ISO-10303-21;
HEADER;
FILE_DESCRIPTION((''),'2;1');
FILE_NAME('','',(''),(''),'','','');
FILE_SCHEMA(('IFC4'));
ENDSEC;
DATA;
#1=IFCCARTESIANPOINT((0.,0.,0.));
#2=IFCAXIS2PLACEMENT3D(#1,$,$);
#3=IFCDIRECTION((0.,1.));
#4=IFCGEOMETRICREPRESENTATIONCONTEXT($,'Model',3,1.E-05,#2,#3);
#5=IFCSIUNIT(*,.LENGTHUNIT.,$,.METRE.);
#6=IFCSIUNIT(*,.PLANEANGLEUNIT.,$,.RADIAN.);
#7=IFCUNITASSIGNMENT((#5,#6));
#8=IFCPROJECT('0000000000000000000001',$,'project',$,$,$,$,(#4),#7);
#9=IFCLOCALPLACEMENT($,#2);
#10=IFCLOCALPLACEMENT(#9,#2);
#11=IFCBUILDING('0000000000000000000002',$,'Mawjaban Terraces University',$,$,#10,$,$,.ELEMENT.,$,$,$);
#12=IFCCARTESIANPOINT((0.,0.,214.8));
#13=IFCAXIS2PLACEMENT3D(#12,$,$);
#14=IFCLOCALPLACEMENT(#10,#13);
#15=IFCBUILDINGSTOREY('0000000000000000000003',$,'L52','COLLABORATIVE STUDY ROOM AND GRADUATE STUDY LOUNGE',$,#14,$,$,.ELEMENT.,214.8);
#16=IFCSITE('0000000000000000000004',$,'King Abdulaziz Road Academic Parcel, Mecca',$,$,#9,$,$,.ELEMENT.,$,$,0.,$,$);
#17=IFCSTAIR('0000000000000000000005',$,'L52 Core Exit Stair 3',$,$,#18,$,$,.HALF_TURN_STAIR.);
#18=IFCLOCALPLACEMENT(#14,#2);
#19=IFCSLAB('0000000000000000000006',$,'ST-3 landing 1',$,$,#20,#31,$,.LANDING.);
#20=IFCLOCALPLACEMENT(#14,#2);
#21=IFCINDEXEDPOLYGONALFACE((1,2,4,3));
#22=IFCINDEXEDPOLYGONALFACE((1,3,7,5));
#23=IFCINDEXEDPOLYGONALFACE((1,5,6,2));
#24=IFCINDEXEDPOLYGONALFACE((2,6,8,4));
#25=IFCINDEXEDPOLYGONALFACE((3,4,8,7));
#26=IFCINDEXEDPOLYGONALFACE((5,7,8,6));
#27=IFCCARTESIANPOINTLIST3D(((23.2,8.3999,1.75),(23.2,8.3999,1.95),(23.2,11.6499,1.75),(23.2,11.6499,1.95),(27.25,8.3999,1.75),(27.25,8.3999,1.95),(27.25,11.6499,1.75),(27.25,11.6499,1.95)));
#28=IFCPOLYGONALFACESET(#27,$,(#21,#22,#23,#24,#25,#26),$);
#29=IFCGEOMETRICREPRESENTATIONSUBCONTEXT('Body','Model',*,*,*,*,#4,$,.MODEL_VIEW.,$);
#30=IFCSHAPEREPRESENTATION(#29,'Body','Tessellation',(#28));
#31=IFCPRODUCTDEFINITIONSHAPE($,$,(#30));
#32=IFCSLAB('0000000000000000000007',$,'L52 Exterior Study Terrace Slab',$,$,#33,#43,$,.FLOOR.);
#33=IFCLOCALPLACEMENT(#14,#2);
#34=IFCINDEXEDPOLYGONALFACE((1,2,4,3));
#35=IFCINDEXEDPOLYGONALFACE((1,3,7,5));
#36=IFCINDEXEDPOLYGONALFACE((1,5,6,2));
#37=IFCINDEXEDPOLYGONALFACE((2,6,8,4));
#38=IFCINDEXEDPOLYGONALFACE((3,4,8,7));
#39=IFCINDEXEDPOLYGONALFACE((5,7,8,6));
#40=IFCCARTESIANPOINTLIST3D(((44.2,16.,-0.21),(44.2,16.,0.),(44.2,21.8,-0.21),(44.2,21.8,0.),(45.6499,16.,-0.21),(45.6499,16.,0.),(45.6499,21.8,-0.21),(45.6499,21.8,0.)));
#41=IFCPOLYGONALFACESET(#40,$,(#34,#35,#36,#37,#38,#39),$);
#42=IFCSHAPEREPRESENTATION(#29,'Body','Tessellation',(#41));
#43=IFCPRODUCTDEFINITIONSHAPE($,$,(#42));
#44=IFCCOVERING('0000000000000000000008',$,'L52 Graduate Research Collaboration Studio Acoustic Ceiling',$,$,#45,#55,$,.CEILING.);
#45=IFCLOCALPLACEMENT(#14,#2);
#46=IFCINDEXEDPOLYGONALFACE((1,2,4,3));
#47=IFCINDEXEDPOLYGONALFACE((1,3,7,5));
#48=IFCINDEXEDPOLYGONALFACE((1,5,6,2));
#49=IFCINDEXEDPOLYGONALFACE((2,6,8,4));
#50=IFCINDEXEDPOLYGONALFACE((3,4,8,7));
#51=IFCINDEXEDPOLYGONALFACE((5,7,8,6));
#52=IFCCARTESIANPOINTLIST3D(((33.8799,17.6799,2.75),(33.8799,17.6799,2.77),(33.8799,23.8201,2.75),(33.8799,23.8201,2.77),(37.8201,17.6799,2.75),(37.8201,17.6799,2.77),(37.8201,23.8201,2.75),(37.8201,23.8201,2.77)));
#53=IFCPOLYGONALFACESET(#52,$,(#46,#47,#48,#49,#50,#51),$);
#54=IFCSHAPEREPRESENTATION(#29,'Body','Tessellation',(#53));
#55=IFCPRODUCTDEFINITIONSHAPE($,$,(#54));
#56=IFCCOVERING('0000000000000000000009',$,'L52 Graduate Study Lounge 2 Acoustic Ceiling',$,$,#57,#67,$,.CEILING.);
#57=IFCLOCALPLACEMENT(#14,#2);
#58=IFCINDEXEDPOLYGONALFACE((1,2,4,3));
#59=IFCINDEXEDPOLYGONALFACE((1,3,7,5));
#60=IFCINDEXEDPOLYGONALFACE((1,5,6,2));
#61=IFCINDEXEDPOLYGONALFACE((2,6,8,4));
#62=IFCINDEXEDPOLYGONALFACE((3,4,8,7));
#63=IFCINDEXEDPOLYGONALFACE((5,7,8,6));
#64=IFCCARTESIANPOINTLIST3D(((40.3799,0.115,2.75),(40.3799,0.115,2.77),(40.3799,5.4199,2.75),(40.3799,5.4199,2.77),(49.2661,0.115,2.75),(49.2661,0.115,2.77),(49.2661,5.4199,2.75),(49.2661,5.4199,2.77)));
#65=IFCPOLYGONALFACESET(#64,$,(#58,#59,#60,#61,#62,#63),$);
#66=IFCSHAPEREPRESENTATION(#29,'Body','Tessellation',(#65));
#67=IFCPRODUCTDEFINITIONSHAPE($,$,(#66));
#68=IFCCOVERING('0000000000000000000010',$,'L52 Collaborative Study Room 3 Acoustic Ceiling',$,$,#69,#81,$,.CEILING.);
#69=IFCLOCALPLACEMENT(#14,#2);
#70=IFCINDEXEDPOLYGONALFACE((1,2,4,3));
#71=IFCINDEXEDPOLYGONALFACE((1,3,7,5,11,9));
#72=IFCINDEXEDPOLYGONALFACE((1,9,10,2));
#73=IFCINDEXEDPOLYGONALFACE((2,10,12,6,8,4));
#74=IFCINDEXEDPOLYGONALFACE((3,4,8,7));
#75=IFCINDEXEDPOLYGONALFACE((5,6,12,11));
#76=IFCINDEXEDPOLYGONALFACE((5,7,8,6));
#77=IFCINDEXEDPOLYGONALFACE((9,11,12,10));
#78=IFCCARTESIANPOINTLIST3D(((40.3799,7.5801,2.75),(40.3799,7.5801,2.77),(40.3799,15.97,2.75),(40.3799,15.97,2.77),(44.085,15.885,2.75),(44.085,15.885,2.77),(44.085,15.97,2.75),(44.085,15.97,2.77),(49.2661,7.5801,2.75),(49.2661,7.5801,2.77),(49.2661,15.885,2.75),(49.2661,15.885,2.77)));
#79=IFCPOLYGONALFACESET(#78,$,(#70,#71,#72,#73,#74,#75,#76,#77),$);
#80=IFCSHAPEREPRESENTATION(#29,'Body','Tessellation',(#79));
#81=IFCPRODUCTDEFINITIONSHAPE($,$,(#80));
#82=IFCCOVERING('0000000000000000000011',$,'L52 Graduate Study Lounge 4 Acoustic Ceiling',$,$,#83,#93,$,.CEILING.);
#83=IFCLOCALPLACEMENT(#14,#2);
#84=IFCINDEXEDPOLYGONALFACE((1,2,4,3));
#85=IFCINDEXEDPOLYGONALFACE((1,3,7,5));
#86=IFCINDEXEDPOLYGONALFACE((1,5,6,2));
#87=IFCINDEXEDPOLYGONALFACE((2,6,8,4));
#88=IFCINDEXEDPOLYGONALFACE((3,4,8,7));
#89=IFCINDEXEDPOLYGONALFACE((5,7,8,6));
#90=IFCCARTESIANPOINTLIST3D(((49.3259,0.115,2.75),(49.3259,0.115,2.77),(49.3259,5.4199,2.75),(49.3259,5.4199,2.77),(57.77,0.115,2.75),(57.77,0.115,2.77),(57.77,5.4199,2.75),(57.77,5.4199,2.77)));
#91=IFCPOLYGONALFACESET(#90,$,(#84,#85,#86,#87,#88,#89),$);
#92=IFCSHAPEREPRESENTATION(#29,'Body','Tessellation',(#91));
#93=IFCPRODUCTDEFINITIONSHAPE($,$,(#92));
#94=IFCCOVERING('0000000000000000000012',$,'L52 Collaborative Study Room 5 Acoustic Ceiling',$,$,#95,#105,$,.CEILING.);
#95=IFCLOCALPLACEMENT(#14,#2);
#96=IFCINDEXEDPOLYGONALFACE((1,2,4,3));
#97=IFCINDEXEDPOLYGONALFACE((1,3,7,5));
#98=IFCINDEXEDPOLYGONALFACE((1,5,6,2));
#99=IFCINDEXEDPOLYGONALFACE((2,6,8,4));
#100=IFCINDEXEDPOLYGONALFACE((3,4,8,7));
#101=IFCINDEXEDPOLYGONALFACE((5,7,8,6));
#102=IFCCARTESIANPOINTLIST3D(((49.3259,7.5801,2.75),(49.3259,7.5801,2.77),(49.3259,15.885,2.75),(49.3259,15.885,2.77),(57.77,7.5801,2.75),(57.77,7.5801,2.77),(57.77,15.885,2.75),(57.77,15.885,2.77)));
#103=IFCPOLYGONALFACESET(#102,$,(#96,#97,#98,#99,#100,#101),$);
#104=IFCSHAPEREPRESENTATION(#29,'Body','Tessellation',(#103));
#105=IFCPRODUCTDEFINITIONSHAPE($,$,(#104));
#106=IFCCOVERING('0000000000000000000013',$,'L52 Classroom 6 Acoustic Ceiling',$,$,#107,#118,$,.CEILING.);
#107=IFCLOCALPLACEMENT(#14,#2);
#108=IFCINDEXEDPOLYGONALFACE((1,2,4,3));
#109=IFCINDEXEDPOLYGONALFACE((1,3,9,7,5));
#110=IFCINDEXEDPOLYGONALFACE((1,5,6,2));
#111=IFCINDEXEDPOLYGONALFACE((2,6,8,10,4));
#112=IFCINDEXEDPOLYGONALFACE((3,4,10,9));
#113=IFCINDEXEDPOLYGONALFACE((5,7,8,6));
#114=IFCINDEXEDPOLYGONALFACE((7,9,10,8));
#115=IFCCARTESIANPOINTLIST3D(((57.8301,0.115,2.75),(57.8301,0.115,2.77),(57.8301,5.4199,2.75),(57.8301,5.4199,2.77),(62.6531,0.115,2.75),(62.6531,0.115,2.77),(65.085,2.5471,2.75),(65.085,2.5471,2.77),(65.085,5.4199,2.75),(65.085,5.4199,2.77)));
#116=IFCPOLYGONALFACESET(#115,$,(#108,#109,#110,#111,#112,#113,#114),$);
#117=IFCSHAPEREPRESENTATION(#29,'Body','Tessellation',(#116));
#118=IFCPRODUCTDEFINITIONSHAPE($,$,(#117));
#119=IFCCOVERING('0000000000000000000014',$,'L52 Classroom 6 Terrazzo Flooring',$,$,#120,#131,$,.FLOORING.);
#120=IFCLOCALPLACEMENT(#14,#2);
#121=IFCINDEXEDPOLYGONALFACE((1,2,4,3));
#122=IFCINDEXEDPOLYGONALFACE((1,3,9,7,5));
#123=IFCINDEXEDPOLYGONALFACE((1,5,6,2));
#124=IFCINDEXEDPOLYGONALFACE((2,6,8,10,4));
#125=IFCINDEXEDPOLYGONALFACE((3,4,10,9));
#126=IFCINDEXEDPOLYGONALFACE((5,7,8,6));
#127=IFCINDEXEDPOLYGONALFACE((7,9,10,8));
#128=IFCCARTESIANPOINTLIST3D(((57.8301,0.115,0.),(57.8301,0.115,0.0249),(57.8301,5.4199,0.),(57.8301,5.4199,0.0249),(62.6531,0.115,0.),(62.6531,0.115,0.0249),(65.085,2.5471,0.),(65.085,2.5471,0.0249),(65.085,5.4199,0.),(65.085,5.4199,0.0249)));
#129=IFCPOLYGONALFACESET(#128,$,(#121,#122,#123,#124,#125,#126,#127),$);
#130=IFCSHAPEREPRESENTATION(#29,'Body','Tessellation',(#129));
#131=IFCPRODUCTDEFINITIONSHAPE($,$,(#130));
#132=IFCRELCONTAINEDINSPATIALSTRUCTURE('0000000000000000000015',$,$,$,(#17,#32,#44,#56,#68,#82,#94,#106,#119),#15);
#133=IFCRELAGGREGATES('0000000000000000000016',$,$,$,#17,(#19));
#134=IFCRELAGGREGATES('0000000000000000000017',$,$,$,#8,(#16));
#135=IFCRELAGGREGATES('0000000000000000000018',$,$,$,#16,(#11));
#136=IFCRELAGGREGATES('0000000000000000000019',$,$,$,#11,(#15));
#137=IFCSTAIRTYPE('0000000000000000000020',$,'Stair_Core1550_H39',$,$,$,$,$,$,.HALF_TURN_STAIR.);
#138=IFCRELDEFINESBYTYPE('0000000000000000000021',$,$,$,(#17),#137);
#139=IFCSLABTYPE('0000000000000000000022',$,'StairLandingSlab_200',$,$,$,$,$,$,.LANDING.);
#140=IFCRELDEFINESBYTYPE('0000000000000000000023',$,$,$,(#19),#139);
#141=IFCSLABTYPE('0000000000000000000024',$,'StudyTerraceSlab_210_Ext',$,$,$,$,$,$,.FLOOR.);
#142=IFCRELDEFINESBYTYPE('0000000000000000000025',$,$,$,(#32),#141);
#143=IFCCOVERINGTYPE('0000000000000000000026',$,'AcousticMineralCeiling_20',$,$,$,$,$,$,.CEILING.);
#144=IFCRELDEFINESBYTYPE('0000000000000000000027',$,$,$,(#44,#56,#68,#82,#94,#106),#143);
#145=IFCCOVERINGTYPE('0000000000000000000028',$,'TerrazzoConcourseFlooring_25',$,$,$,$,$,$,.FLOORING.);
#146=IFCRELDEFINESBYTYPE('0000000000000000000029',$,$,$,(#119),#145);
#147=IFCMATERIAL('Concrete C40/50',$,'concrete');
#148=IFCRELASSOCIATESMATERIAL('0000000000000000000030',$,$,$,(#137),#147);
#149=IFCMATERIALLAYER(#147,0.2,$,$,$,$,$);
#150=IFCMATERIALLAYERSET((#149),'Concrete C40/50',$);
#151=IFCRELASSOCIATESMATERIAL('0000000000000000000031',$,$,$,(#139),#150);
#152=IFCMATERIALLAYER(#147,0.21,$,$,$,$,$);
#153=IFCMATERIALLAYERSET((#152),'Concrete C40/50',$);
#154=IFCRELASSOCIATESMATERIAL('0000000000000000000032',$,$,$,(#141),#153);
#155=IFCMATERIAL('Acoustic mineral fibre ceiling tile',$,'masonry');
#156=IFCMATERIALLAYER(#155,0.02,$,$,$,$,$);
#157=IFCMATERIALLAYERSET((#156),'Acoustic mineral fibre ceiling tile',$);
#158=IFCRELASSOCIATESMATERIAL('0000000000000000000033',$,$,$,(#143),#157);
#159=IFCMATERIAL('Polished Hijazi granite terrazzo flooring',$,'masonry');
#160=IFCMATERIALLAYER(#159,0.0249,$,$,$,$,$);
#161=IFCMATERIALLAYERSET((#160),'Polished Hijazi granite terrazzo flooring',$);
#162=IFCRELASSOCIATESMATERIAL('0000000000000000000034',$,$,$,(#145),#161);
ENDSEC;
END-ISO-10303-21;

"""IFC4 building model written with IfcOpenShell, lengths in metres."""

from ifc_helpers import new_model, si_unit, direction, frame, origin, place, context, subcontext, project, spatial, polyline, outline, extrude, material, layer, layer_set, type_object, element, aggregate, save


model = new_model("IFC4")

# Units and contexts
model_context = context("Model", 3, precision=1e-05, world=origin(), true_north=direction((0.0, 1.0)))
body_context = subcontext(model_context, "Body", "Model", "MODEL_VIEW")
ifc_project = project(units=[si_unit("LENGTHUNIT", "METRE"), si_unit("PLANEANGLEUNIT", "RADIAN")], contexts=[model_context])

# Site, building, storey
site_placement = place(None, origin())
site = spatial("IfcSite", under=ifc_project, at=site_placement, Name="King Abdulaziz Road Academic Parcel, Mecca", CompositionType="ELEMENT", RefElevation=0.0)
building_placement = place(site_placement, origin())
building = spatial("IfcBuilding", under=site, at=building_placement, Name="Mawjaban Terraces University", CompositionType="ELEMENT")
storey_placement = place(building_placement, frame((0.0, 0.0, 214.8)))
storey = spatial("IfcBuildingStorey", under=building, at=storey_placement, Name="L52", Description="COLLABORATIVE STUDY ROOM AND GRADUATE STUDY LOUNGE", CompositionType="ELEMENT", Elevation=214.8)

# Shared definitions
ifc_material_1 = material(Name="Concrete C40/50", Category="concrete")

# Stair, slab
stair_type = type_object("IfcStairType", Name="Stair_Core1550_H39", PredefinedType="HALF_TURN_STAIR", material=ifc_material_1)
ifc_layer_1 = layer(ifc_material_1, 0.2)
ifc_layer_set_1 = layer_set([ifc_layer_1], Name="Concrete C40/50")
slab_type_1 = type_object("IfcSlabType", Name="StairLandingSlab_200", PredefinedType="LANDING", material=ifc_layer_set_1)
stair_1_placement = place(storey_placement, origin())
stair_1 = element("IfcStair", 1, at=stair_1_placement, inside=storey, type_object=stair_type, Name="L52 Core Exit Stair 3", PredefinedType="HALF_TURN_STAIR")
slab_1_placement = place(storey_placement, frame((0.0, 0.0, 1.75)))
slab_1 = element("IfcSlab", 2, at=slab_1_placement, type_object=slab_type_1, Name="ST-3 landing 1", PredefinedType="LANDING", context=body_context, shape_type="SweptSolid", body=[
    extrude(outline(polyline([(27.25, 11.6499), (23.2, 11.6499), (23.2, 8.3999), (27.25, 8.3999), (27.25, 11.6499)])), origin(), (0.0, 0.0, 1.0), 0.2),
])
aggregate(stair_1, [slab_1])

# Slab
ifc_layer_2 = layer(ifc_material_1, 0.21)
ifc_layer_set_2 = layer_set([ifc_layer_2], Name="Concrete C40/50")
slab_type_2 = type_object("IfcSlabType", Name="StudyTerraceSlab_210_Ext", PredefinedType="FLOOR", material=ifc_layer_set_2)
slab_2_placement = place(storey_placement, frame((0.0, 0.0, -0.21)))
element("IfcSlab", 3, at=slab_2_placement, inside=storey, type_object=slab_type_2, Name="L52 Exterior Study Terrace Slab", PredefinedType="FLOOR", context=body_context, shape_type="SweptSolid", body=[
    extrude(outline(polyline([(44.2, 16.0), (45.6499, 16.0), (45.6499, 21.8), (44.2, 21.8), (44.2, 16.0)])), origin(), (0.0, 0.0, 1.0), 0.21),
])

# Coverings
ifc_material_2 = material(Name="Acoustic mineral fibre ceiling tile", Category="masonry")
ifc_layer_3 = layer(ifc_material_2, 0.02)
ifc_layer_set_3 = layer_set([ifc_layer_3], Name="Acoustic mineral fibre ceiling tile")
covering_type_1 = type_object("IfcCoveringType", Name="AcousticMineralCeiling_20", PredefinedType="CEILING", material=ifc_layer_set_3)
covering_1_placement = place(storey_placement, frame((0.0, 0.0, 2.75)))
element("IfcCovering", 4, at=covering_1_placement, inside=storey, type_object=covering_type_1, Name="L52 Graduate Research Collaboration Studio Acoustic Ceiling", PredefinedType="CEILING", context=body_context, shape_type="SweptSolid", body=[
    extrude(outline(polyline([(37.8201, 17.6799), (37.8201, 23.8201), (33.8799, 23.8201), (33.8799, 17.6799), (37.8201, 17.6799)])), origin(), (0.0, 0.0, 1.0), 0.02),
])
covering_2_placement = place(storey_placement, frame((0.0, 0.0, 2.75)))
element("IfcCovering", 5, at=covering_2_placement, inside=storey, type_object=covering_type_1, Name="L52 Graduate Study Lounge 2 Acoustic Ceiling", PredefinedType="CEILING", context=body_context, shape_type="SweptSolid", body=[
    extrude(outline(polyline([(40.3799, 0.115), (49.2661, 0.115), (49.2661, 5.4199), (40.3799, 5.4199), (40.3799, 0.115)])), origin(), (0.0, 0.0, 1.0), 0.02),
])
covering_3_placement = place(storey_placement, frame((0.0, 0.0, 2.75)))
element("IfcCovering", 6, at=covering_3_placement, inside=storey, type_object=covering_type_1, Name="L52 Collaborative Study Room 3 Acoustic Ceiling", PredefinedType="CEILING", context=body_context, shape_type="SweptSolid", body=[
    extrude(outline(polyline([(49.2661, 15.885), (44.085, 15.885), (44.085, 15.97), (40.3799, 15.97), (40.3799, 7.5801), (49.2661, 7.5801), (49.2661, 15.885)])), origin(), (0.0, 0.0, 1.0), 0.02),
])
covering_4_placement = place(storey_placement, frame((0.0, 0.0, 2.75)))
element("IfcCovering", 7, at=covering_4_placement, inside=storey, type_object=covering_type_1, Name="L52 Graduate Study Lounge 4 Acoustic Ceiling", PredefinedType="CEILING", context=body_context, shape_type="SweptSolid", body=[
    extrude(outline(polyline([(49.3259, 0.115), (57.77, 0.115), (57.77, 5.4199), (49.3259, 5.4199), (49.3259, 0.115)])), origin(), (0.0, 0.0, 1.0), 0.02),
])
covering_5_placement = place(storey_placement, frame((0.0, 0.0, 2.75)))
element("IfcCovering", 8, at=covering_5_placement, inside=storey, type_object=covering_type_1, Name="L52 Collaborative Study Room 5 Acoustic Ceiling", PredefinedType="CEILING", context=body_context, shape_type="SweptSolid", body=[
    extrude(outline(polyline([(57.77, 15.885), (49.3259, 15.885), (49.3259, 7.5801), (57.77, 7.5801), (57.77, 15.885)])), origin(), (0.0, 0.0, 1.0), 0.02),
])
covering_6_placement = place(storey_placement, frame((0.0, 0.0, 2.75)))
element("IfcCovering", 9, at=covering_6_placement, inside=storey, type_object=covering_type_1, Name="L52 Classroom 6 Acoustic Ceiling", PredefinedType="CEILING", context=body_context, shape_type="SweptSolid", body=[
    extrude(outline(polyline([(57.8301, 0.115), (62.6531, 0.115), (65.085, 2.5471), (65.085, 5.4199), (57.8301, 5.4199), (57.8301, 0.115)])), origin(), (0.0, 0.0, 1.0), 0.02),
])
ifc_material_3 = material(Name="Polished Hijazi granite terrazzo flooring", Category="masonry")
ifc_layer_4 = layer(ifc_material_3, 0.0249)
ifc_layer_set_4 = layer_set([ifc_layer_4], Name="Polished Hijazi granite terrazzo flooring")
covering_type_2 = type_object("IfcCoveringType", Name="TerrazzoConcourseFlooring_25", PredefinedType="FLOORING", material=ifc_layer_set_4)
covering_7_placement = place(storey_placement, origin())
element("IfcCovering", 10, at=covering_7_placement, inside=storey, type_object=covering_type_2, Name="L52 Classroom 6 Terrazzo Flooring", PredefinedType="FLOORING", context=body_context, shape_type="SweptSolid", body=[
    extrude(outline(polyline([(57.8301, 0.115), (62.6531, 0.115), (65.085, 2.5471), (65.085, 5.4199), (57.8301, 5.4199), (57.8301, 0.115)])), origin(), (0.0, 0.0, 1.0), 0.0249),
])

save(model, "model.ifc")
